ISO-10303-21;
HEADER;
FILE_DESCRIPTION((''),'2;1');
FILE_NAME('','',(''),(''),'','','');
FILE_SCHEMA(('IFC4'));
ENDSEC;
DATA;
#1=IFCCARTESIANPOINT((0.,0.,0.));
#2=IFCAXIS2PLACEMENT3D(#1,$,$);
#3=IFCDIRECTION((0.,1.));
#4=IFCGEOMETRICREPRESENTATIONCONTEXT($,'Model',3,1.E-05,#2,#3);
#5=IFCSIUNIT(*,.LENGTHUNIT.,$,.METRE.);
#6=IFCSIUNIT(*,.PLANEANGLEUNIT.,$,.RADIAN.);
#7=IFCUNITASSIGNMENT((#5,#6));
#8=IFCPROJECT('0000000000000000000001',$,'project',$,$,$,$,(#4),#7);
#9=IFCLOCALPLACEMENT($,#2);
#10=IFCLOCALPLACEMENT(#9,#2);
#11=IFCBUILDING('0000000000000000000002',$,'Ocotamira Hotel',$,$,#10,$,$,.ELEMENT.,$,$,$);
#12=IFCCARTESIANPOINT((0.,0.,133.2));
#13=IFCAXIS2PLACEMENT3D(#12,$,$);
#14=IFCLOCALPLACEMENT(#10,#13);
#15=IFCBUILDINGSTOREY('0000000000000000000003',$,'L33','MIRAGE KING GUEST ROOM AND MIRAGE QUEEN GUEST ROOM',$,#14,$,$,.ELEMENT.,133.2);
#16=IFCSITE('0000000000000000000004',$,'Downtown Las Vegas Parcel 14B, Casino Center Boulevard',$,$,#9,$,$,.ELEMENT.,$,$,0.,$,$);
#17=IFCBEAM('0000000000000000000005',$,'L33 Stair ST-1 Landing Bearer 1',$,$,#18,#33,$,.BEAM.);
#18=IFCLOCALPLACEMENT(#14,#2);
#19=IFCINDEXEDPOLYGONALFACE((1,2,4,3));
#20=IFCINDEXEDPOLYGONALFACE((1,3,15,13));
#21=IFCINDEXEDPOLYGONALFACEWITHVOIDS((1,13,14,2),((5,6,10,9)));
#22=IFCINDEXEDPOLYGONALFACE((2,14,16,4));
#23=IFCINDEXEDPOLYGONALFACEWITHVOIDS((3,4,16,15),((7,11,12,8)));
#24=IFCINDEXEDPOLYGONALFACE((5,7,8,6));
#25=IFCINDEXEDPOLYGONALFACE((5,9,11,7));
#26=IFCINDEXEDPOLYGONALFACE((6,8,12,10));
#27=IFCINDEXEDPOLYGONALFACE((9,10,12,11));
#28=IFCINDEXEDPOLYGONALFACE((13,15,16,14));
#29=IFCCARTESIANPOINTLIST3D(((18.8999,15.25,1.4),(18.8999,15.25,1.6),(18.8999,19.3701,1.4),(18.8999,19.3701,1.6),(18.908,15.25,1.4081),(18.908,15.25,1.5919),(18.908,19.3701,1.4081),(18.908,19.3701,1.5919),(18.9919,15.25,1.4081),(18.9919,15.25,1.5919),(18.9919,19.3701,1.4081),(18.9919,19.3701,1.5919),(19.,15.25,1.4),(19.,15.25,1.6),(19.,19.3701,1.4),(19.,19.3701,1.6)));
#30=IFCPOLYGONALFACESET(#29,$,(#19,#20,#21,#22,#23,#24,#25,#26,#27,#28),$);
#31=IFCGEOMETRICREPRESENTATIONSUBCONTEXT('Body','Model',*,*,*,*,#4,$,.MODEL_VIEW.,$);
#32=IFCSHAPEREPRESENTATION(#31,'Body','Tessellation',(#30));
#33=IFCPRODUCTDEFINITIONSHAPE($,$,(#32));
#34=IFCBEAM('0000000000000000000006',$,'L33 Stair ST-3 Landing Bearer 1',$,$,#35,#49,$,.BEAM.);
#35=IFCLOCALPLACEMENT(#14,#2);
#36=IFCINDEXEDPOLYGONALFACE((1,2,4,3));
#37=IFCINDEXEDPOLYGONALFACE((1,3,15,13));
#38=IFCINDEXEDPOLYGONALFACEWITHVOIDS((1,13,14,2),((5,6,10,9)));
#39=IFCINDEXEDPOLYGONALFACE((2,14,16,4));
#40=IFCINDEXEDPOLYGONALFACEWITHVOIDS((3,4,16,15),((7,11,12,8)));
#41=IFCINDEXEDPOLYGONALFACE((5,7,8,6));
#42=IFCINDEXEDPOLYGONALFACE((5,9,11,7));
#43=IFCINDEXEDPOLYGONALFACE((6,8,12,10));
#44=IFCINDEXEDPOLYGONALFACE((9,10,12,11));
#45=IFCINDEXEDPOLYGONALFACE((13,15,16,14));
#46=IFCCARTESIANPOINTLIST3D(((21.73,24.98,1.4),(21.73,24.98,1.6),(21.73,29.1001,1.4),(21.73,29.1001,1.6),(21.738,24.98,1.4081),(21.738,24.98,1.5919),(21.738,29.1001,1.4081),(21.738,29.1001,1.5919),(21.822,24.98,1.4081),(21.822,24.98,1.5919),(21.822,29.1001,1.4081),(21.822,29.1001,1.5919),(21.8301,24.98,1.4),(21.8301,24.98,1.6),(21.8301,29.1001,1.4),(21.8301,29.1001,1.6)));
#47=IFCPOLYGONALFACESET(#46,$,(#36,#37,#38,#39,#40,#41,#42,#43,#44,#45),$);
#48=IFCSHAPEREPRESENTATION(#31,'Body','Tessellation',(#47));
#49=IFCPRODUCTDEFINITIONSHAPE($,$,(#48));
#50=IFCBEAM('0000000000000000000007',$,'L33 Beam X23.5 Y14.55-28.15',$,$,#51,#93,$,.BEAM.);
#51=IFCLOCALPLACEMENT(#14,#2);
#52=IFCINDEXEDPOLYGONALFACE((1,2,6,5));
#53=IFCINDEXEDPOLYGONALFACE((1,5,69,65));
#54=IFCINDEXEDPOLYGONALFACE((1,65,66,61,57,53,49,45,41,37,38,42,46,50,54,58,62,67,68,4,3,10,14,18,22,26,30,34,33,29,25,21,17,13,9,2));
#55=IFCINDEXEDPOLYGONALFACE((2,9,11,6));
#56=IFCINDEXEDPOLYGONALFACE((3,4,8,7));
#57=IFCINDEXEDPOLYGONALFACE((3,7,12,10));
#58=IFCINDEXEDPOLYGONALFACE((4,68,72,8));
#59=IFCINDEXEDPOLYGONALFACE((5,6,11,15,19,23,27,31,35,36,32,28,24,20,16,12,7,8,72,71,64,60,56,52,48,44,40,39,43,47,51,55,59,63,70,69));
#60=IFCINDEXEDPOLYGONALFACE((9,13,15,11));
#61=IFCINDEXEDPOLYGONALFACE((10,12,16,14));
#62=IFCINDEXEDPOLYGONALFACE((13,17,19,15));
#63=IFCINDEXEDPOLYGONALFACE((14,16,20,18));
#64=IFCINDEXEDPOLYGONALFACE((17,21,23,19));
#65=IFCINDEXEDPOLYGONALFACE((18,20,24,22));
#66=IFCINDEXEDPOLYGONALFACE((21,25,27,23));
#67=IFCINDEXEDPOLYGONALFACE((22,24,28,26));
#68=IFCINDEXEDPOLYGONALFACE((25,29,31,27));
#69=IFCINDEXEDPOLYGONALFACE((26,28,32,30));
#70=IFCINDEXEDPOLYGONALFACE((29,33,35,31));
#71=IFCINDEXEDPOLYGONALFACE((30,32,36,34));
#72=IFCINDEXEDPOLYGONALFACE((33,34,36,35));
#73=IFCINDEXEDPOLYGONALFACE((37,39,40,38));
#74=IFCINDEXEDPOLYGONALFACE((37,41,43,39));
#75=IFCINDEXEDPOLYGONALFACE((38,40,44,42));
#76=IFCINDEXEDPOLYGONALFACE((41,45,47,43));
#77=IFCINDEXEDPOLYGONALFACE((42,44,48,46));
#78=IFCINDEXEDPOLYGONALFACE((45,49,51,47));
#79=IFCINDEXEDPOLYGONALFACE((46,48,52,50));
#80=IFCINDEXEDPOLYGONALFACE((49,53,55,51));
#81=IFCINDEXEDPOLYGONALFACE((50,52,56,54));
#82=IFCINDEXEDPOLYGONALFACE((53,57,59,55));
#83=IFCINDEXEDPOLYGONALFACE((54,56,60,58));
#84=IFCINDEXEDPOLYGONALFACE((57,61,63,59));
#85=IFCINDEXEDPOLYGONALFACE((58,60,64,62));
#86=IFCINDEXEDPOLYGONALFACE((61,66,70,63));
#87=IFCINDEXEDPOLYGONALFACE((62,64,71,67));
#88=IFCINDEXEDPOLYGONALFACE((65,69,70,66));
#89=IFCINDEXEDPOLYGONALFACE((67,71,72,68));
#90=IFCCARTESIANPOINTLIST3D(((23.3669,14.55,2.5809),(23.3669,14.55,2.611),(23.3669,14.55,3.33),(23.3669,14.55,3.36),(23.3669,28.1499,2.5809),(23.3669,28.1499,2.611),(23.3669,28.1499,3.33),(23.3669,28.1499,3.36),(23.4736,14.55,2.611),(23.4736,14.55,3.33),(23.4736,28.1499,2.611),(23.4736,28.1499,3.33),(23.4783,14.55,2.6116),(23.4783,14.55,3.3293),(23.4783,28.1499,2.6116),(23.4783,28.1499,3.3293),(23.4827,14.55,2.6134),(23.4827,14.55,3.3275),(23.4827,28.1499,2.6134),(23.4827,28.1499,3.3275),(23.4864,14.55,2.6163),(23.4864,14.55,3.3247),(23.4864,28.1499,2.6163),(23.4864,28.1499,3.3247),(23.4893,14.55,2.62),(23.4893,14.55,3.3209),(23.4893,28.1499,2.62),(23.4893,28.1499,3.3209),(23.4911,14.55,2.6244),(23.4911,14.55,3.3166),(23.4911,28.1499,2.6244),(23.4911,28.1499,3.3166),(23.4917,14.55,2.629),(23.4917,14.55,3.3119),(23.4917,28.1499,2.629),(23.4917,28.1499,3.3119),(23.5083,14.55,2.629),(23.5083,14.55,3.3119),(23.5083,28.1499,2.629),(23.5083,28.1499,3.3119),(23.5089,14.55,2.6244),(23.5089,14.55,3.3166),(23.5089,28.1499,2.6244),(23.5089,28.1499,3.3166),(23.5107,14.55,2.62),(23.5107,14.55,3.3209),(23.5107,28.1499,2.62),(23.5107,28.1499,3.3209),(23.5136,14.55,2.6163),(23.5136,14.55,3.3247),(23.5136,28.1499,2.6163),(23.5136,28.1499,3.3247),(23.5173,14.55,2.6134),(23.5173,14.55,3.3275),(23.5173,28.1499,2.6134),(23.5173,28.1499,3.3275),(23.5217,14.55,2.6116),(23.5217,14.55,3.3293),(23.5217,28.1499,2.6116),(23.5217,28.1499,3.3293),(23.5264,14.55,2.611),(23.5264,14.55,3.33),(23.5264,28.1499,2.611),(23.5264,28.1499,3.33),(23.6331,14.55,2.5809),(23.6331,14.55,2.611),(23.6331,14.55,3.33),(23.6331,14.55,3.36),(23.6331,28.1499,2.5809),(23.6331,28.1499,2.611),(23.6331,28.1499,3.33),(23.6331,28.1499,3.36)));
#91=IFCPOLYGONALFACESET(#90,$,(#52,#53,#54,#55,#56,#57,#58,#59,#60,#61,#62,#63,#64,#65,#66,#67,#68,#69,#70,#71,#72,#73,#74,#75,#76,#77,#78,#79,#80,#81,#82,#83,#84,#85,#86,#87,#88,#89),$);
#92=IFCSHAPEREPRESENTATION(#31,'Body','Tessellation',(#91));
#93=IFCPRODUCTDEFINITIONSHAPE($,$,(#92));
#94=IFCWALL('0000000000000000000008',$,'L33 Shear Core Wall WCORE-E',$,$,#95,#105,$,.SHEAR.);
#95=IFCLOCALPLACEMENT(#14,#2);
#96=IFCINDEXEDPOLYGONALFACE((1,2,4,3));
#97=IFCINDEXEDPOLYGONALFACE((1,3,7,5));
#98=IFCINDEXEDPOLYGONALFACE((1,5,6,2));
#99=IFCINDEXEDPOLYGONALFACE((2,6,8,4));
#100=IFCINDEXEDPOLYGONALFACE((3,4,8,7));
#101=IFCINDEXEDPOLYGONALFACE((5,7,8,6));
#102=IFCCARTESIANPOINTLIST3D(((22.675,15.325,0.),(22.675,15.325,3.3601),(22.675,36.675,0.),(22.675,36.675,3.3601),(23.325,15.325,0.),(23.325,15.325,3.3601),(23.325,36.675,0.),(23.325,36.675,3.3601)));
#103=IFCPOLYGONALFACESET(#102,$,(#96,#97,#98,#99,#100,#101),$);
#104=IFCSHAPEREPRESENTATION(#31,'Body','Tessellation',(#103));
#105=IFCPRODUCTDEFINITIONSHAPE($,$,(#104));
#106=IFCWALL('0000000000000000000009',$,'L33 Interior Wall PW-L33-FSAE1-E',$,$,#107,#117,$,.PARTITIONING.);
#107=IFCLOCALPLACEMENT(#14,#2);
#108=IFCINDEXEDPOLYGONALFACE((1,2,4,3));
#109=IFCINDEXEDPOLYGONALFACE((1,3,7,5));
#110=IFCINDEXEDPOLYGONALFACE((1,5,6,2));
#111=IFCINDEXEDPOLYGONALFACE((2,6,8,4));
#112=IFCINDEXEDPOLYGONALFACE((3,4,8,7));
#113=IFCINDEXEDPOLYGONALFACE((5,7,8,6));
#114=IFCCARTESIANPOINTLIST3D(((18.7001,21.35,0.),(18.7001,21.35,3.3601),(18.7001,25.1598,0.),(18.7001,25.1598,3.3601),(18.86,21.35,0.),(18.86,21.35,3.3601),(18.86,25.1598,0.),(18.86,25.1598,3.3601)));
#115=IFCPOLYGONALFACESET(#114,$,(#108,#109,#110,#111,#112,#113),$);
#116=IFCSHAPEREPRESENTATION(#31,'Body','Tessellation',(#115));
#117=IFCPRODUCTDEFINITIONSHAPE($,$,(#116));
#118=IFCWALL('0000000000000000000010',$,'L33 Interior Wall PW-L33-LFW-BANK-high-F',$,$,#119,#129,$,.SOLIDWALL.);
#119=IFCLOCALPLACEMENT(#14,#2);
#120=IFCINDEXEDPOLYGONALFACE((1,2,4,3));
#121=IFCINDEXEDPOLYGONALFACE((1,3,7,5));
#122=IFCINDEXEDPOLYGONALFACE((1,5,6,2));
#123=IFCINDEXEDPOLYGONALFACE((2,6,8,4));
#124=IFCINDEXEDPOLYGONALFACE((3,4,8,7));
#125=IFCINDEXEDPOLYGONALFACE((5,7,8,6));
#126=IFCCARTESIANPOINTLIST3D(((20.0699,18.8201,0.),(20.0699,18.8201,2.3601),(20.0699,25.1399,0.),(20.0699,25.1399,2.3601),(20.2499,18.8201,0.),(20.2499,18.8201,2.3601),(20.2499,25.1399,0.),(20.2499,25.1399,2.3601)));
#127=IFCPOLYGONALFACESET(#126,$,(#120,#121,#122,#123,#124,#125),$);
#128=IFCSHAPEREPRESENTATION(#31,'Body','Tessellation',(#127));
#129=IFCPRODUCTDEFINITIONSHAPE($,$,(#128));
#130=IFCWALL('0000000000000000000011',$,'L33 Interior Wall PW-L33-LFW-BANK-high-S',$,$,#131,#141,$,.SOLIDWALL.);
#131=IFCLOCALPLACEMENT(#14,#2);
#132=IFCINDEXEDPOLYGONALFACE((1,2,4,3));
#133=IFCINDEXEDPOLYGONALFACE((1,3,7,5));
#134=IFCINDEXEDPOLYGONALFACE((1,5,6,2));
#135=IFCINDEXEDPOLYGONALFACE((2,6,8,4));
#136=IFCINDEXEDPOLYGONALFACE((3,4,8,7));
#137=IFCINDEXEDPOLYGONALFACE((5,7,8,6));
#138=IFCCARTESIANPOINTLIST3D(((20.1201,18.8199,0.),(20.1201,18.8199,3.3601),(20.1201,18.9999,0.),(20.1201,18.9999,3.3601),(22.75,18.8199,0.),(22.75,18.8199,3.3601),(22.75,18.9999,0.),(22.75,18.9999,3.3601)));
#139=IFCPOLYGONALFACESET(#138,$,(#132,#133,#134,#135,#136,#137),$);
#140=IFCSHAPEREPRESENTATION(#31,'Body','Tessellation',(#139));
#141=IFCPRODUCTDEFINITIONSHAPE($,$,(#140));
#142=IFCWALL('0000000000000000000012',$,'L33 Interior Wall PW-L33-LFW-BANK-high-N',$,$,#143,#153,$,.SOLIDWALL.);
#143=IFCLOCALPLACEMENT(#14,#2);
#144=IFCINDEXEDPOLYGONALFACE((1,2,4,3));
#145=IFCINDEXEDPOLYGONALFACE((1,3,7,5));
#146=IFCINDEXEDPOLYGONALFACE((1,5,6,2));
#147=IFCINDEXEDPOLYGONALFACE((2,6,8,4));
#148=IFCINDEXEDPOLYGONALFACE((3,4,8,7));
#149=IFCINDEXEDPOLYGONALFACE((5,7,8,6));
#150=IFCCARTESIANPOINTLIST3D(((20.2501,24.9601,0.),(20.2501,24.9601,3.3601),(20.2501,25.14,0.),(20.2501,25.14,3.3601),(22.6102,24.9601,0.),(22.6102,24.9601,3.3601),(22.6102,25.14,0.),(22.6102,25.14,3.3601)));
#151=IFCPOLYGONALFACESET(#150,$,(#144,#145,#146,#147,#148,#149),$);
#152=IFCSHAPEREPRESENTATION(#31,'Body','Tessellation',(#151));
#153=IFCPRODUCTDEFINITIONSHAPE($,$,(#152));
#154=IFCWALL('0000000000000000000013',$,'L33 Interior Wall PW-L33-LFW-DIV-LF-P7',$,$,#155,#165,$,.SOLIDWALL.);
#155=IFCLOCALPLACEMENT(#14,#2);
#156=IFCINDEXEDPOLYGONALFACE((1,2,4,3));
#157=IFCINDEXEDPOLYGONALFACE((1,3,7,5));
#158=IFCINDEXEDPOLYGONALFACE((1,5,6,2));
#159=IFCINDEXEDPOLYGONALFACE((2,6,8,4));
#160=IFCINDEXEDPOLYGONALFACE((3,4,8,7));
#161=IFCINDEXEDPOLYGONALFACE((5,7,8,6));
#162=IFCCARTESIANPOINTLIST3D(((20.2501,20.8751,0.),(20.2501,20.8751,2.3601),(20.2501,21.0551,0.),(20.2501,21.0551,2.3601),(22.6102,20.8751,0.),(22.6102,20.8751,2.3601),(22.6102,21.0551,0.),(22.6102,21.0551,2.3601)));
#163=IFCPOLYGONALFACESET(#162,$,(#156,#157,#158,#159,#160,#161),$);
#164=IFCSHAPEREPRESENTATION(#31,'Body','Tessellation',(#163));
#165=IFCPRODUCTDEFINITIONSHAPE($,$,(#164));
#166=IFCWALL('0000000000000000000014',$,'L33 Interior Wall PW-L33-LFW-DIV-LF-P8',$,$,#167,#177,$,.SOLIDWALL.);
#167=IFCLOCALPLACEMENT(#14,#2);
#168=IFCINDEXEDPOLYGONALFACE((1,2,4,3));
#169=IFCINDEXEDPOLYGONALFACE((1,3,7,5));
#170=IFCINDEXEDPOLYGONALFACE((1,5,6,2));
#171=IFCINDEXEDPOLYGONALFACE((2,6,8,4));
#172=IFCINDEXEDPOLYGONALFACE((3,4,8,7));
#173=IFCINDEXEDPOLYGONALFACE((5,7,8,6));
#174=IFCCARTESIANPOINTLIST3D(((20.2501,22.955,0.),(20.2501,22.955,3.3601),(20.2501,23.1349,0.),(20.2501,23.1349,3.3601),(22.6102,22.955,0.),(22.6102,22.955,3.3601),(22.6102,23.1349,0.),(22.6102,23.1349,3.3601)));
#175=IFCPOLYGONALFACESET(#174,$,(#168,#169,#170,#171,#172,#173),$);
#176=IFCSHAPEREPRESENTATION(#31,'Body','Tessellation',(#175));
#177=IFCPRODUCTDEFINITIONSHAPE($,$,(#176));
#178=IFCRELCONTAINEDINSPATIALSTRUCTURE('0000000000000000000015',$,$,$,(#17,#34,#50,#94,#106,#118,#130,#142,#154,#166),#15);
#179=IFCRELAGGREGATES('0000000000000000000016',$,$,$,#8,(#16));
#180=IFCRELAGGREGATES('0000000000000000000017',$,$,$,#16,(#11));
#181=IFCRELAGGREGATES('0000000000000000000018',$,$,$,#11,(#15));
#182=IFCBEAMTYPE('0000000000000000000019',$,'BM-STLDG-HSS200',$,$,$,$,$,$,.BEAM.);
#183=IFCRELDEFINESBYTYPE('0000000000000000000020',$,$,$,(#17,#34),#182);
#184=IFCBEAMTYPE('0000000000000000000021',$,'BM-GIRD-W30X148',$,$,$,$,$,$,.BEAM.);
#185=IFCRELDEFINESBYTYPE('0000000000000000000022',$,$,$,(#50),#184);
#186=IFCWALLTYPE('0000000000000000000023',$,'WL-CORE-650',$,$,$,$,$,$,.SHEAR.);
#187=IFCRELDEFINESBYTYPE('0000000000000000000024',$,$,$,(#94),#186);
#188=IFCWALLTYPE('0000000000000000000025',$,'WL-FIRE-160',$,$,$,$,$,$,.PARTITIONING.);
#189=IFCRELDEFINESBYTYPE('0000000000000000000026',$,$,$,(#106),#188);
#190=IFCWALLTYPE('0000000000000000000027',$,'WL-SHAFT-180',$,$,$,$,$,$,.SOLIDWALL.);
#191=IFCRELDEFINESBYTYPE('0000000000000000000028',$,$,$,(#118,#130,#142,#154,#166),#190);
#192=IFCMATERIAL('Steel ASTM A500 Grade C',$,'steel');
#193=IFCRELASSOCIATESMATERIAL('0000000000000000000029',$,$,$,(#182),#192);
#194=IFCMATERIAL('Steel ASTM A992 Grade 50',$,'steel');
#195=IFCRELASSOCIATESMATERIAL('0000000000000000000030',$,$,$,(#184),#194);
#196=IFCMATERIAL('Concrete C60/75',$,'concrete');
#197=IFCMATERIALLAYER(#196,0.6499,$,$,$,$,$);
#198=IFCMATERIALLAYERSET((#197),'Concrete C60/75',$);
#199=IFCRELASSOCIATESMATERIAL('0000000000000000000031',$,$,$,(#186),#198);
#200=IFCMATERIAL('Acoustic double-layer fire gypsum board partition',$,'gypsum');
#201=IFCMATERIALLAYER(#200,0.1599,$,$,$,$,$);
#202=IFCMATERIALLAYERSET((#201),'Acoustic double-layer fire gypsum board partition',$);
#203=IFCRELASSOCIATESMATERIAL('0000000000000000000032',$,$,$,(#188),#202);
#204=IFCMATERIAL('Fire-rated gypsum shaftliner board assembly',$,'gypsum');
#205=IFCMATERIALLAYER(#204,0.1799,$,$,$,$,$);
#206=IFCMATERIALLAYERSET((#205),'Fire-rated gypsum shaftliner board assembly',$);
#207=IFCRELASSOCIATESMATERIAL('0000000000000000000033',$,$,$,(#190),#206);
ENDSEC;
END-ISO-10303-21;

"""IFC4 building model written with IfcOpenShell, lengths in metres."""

from ifc_helpers import new_model, si_unit, direction, frame, frame_2d, origin, origin_2d, place, context, subcontext, project, spatial, rectangle, hollow_rectangle, i_section, extrude, source, transform, mapped, material, layer, layer_set, material_profile, profile_set, type_object, element, save


model = new_model("IFC4")

# Units and contexts
model_context = context("Model", 3, precision=1e-05, world=origin(), true_north=direction((0.0, 1.0)))
body_context = subcontext(model_context, "Body", "Model", "MODEL_VIEW")
ifc_project = project(units=[si_unit("LENGTHUNIT", "METRE"), si_unit("PLANEANGLEUNIT", "RADIAN")], contexts=[model_context])

# Site, building, storey
site_placement = place(None, origin())
site = spatial("IfcSite", under=ifc_project, at=site_placement, Name="Downtown Las Vegas Parcel 14B, Casino Center Boulevard", CompositionType="ELEMENT", RefElevation=0.0)
building_placement = place(site_placement, origin())
building = spatial("IfcBuilding", under=site, at=building_placement, Name="Ocotamira Hotel", CompositionType="ELEMENT")
storey_placement = place(building_placement, frame((0.0, 0.0, 133.2)))
storey = spatial("IfcBuildingStorey", under=building, at=storey_placement, Name="L33", Description="MIRAGE KING GUEST ROOM AND MIRAGE QUEEN GUEST ROOM", CompositionType="ELEMENT", Elevation=133.2)

# Beams
ifc_material_1 = material(Name="Steel ASTM A500 Grade C", Category="steel")
ifc_material_profile_1 = material_profile(ifc_material_1, hollow_rectangle(XDim=0.1001, YDim=0.2, WallThickness=0.0081, at=origin_2d()), Name="HSS200X100X8")
ifc_profile_set_1 = profile_set([ifc_material_profile_1], Name="Steel ASTM A500 Grade C")
beam_type_1 = type_object("IfcBeamType", Name="BM-STLDG-HSS200", PredefinedType="BEAM", material=ifc_profile_set_1)
shared_shape_1 = source(origin(), body_context, "Body", "SweptSolid", [
    extrude(hollow_rectangle(XDim=0.1001, YDim=0.2, WallThickness=0.0081, at=origin_2d()), origin(), (0.0, 0.0, 1.0), 4.1201),
])
for number, where, z_axis, x_axis, name in (
    (1, (18.95, 15.25, 1.5), (0.0, 1.0, 0.0), (-1.0, 0.0, 0.0), "L33 Stair ST-1 Landing Bearer 1"),
    (2, (21.78, 24.98, 1.5), (0.0, 1.0, 0.0), (-1.0, 0.0, 0.0), "L33 Stair ST-3 Landing Bearer 1"),
):
    element("IfcBeam", number, at=place(storey_placement, frame(where, z_axis=z_axis, x_axis=x_axis)), inside=storey, type_object=beam_type_1, Name=name, PredefinedType="BEAM", context=body_context, shape_type="MappedRepresentation", body=[
        mapped(shared_shape_1, transform((0.0, 0.0, 0.0), scale=1.0)),
    ])
ifc_material_2 = material(Name="Steel ASTM A992 Grade 50", Category="steel")
ifc_material_profile_2 = material_profile(ifc_material_2, i_section(OverallWidth=0.2661, OverallDepth=0.7791, WebThickness=0.0166, FlangeThickness=0.03, FilletRadius=0.0181, at=origin_2d()), Name="W30X148")
ifc_profile_set_2 = profile_set([ifc_material_profile_2], Name="Steel ASTM A992 Grade 50")
beam_type_2 = type_object("IfcBeamType", Name="BM-GIRD-W30X148", PredefinedType="BEAM", material=ifc_profile_set_2)
shared_shape_2 = source(origin(), body_context, "Body", "SweptSolid", [
    extrude(i_section(OverallWidth=0.2661, OverallDepth=0.7791, WebThickness=0.0166, FlangeThickness=0.03, FilletRadius=0.0181, at=origin_2d()), origin(), (0.0, 0.0, 1.0), 13.5999),
])
beam_placement = place(storey_placement, frame((23.5, 14.55, 2.9705), z_axis=(0.0, 1.0, 0.0), x_axis=(-1.0, 0.0, 0.0)))
element("IfcBeam", 3, at=beam_placement, inside=storey, type_object=beam_type_2, Name="L33 Beam X23.5 Y14.55-28.15", PredefinedType="BEAM", context=body_context, shape_type="MappedRepresentation", body=[
    mapped(shared_shape_2, transform((0.0, 0.0, 0.0), scale=1.0)),
])

# Wall
ifc_material_3 = material(Name="Concrete C60/75", Category="concrete")
ifc_layer_1 = layer(ifc_material_3, 0.6499)
ifc_layer_set_1 = layer_set([ifc_layer_1], Name="Concrete C60/75")
wall_type_1 = type_object("IfcWallType", Name="WL-CORE-650", PredefinedType="SHEAR", material=ifc_layer_set_1)
wall_1_placement = place(storey_placement, frame((23.0, 15.325, 0.0), z_axis=(0.0, 0.0, 1.0), x_axis=(0.0, 1.0, 0.0)))
element("IfcWall", 4, at=wall_1_placement, inside=storey, type_object=wall_type_1, Name="L33 Shear Core Wall WCORE-E", PredefinedType="SHEAR", context=body_context, shape_type="SweptSolid", body=[
    extrude(rectangle(XDim=21.3501, YDim=0.6499, at=frame_2d((10.675, 0.0))), origin(), (0.0, 0.0, 1.0), 3.3601),
])

# Shared definitions
ifc_material_4 = material(Name="Acoustic double-layer fire gypsum board partition", Category="gypsum")
ifc_layer_2 = layer(ifc_material_4, 0.1599)
ifc_layer_set_2 = layer_set([ifc_layer_2], Name="Acoustic double-layer fire gypsum board partition")
wall_type_2 = type_object("IfcWallType", Name="WL-FIRE-160", PredefinedType="PARTITIONING", material=ifc_layer_set_2)

# Walls
wall_2_placement = place(storey_placement, frame((18.78, 21.3501, 0.0), z_axis=(0.0, 0.0, 1.0), x_axis=(0.0, 1.0, 0.0)))
element("IfcWall", 5, at=wall_2_placement, inside=storey, type_object=wall_type_2, Name="L33 Interior Wall PW-L33-FSAE1-E", PredefinedType="PARTITIONING", context=body_context, shape_type="SweptSolid", body=[
    extrude(rectangle(XDim=3.8098, YDim=0.1599, at=frame_2d((1.9048, 0.0))), origin(), (0.0, 0.0, 1.0), 3.3601),
])
ifc_material_5 = material(Name="Fire-rated gypsum shaftliner board assembly", Category="gypsum")
ifc_layer_3 = layer(ifc_material_5, 0.1799)
ifc_layer_set_3 = layer_set([ifc_layer_3], Name="Fire-rated gypsum shaftliner board assembly")
wall_type_3 = type_object("IfcWallType", Name="WL-SHAFT-180", PredefinedType="SOLIDWALL", material=ifc_layer_set_3)
wall_3_placement = place(storey_placement, frame((20.1599, 18.8201, 0.0), z_axis=(0.0, 0.0, 1.0), x_axis=(0.0, 1.0, 0.0)))
element("IfcWall", 6, at=wall_3_placement, inside=storey, type_object=wall_type_3, Name="L33 Interior Wall PW-L33-LFW-BANK-high-F", PredefinedType="SOLIDWALL", context=body_context, shape_type="SweptSolid", body=[
    extrude(rectangle(XDim=6.3198, YDim=0.1799, at=frame_2d((3.1599, 0.0))), origin(), (0.0, 0.0, 1.0), 2.3601),
])
wall_4_placement = place(storey_placement, frame((20.1201, 18.9099, 0.0), z_axis=(0.0, 0.0, 1.0), x_axis=(1.0, 0.0, 0.0)))
element("IfcWall", 7, at=wall_4_placement, inside=storey, type_object=wall_type_3, Name="L33 Interior Wall PW-L33-LFW-BANK-high-S", PredefinedType="SOLIDWALL", context=body_context, shape_type="SweptSolid", body=[
    extrude(rectangle(XDim=2.6299, YDim=0.1799, at=frame_2d((1.3149, 0.0))), origin(), (0.0, 0.0, 1.0), 3.3601),
])
wall_5_placement = place(storey_placement, frame((20.25, 25.05, 0.0), z_axis=(0.0, 0.0, 1.0), x_axis=(1.0, 0.0, 0.0)))
element("IfcWall", 8, at=wall_5_placement, inside=storey, type_object=wall_type_3, Name="L33 Interior Wall PW-L33-LFW-BANK-high-N", PredefinedType="SOLIDWALL", context=body_context, shape_type="SweptSolid", body=[
    extrude(rectangle(XDim=2.3601, YDim=0.1799, at=frame_2d((1.1802, 0.0))), origin(), (0.0, 0.0, 1.0), 3.3601),
])
wall_6_placement = place(storey_placement, frame((20.25, 20.9651, 0.0), z_axis=(0.0, 0.0, 1.0), x_axis=(1.0, 0.0, 0.0)))
element("IfcWall", 9, at=wall_6_placement, inside=storey, type_object=wall_type_3, Name="L33 Interior Wall PW-L33-LFW-DIV-LF-P7", PredefinedType="SOLIDWALL", context=body_context, shape_type="SweptSolid", body=[
    extrude(rectangle(XDim=2.3601, YDim=0.1799, at=frame_2d((1.1802, 0.0))), origin(), (0.0, 0.0, 1.0), 2.3601),
])
wall_7_placement = place(storey_placement, frame((20.25, 23.0449, 0.0), z_axis=(0.0, 0.0, 1.0), x_axis=(1.0, 0.0, 0.0)))
element("IfcWall", 10, at=wall_7_placement, inside=storey, type_object=wall_type_3, Name="L33 Interior Wall PW-L33-LFW-DIV-LF-P8", PredefinedType="SOLIDWALL", context=body_context, shape_type="SweptSolid", body=[
    extrude(rectangle(XDim=2.3601, YDim=0.1799, at=frame_2d((1.1802, 0.0))), origin(), (0.0, 0.0, 1.0), 3.3601),
])

save(model, "model.ifc")
